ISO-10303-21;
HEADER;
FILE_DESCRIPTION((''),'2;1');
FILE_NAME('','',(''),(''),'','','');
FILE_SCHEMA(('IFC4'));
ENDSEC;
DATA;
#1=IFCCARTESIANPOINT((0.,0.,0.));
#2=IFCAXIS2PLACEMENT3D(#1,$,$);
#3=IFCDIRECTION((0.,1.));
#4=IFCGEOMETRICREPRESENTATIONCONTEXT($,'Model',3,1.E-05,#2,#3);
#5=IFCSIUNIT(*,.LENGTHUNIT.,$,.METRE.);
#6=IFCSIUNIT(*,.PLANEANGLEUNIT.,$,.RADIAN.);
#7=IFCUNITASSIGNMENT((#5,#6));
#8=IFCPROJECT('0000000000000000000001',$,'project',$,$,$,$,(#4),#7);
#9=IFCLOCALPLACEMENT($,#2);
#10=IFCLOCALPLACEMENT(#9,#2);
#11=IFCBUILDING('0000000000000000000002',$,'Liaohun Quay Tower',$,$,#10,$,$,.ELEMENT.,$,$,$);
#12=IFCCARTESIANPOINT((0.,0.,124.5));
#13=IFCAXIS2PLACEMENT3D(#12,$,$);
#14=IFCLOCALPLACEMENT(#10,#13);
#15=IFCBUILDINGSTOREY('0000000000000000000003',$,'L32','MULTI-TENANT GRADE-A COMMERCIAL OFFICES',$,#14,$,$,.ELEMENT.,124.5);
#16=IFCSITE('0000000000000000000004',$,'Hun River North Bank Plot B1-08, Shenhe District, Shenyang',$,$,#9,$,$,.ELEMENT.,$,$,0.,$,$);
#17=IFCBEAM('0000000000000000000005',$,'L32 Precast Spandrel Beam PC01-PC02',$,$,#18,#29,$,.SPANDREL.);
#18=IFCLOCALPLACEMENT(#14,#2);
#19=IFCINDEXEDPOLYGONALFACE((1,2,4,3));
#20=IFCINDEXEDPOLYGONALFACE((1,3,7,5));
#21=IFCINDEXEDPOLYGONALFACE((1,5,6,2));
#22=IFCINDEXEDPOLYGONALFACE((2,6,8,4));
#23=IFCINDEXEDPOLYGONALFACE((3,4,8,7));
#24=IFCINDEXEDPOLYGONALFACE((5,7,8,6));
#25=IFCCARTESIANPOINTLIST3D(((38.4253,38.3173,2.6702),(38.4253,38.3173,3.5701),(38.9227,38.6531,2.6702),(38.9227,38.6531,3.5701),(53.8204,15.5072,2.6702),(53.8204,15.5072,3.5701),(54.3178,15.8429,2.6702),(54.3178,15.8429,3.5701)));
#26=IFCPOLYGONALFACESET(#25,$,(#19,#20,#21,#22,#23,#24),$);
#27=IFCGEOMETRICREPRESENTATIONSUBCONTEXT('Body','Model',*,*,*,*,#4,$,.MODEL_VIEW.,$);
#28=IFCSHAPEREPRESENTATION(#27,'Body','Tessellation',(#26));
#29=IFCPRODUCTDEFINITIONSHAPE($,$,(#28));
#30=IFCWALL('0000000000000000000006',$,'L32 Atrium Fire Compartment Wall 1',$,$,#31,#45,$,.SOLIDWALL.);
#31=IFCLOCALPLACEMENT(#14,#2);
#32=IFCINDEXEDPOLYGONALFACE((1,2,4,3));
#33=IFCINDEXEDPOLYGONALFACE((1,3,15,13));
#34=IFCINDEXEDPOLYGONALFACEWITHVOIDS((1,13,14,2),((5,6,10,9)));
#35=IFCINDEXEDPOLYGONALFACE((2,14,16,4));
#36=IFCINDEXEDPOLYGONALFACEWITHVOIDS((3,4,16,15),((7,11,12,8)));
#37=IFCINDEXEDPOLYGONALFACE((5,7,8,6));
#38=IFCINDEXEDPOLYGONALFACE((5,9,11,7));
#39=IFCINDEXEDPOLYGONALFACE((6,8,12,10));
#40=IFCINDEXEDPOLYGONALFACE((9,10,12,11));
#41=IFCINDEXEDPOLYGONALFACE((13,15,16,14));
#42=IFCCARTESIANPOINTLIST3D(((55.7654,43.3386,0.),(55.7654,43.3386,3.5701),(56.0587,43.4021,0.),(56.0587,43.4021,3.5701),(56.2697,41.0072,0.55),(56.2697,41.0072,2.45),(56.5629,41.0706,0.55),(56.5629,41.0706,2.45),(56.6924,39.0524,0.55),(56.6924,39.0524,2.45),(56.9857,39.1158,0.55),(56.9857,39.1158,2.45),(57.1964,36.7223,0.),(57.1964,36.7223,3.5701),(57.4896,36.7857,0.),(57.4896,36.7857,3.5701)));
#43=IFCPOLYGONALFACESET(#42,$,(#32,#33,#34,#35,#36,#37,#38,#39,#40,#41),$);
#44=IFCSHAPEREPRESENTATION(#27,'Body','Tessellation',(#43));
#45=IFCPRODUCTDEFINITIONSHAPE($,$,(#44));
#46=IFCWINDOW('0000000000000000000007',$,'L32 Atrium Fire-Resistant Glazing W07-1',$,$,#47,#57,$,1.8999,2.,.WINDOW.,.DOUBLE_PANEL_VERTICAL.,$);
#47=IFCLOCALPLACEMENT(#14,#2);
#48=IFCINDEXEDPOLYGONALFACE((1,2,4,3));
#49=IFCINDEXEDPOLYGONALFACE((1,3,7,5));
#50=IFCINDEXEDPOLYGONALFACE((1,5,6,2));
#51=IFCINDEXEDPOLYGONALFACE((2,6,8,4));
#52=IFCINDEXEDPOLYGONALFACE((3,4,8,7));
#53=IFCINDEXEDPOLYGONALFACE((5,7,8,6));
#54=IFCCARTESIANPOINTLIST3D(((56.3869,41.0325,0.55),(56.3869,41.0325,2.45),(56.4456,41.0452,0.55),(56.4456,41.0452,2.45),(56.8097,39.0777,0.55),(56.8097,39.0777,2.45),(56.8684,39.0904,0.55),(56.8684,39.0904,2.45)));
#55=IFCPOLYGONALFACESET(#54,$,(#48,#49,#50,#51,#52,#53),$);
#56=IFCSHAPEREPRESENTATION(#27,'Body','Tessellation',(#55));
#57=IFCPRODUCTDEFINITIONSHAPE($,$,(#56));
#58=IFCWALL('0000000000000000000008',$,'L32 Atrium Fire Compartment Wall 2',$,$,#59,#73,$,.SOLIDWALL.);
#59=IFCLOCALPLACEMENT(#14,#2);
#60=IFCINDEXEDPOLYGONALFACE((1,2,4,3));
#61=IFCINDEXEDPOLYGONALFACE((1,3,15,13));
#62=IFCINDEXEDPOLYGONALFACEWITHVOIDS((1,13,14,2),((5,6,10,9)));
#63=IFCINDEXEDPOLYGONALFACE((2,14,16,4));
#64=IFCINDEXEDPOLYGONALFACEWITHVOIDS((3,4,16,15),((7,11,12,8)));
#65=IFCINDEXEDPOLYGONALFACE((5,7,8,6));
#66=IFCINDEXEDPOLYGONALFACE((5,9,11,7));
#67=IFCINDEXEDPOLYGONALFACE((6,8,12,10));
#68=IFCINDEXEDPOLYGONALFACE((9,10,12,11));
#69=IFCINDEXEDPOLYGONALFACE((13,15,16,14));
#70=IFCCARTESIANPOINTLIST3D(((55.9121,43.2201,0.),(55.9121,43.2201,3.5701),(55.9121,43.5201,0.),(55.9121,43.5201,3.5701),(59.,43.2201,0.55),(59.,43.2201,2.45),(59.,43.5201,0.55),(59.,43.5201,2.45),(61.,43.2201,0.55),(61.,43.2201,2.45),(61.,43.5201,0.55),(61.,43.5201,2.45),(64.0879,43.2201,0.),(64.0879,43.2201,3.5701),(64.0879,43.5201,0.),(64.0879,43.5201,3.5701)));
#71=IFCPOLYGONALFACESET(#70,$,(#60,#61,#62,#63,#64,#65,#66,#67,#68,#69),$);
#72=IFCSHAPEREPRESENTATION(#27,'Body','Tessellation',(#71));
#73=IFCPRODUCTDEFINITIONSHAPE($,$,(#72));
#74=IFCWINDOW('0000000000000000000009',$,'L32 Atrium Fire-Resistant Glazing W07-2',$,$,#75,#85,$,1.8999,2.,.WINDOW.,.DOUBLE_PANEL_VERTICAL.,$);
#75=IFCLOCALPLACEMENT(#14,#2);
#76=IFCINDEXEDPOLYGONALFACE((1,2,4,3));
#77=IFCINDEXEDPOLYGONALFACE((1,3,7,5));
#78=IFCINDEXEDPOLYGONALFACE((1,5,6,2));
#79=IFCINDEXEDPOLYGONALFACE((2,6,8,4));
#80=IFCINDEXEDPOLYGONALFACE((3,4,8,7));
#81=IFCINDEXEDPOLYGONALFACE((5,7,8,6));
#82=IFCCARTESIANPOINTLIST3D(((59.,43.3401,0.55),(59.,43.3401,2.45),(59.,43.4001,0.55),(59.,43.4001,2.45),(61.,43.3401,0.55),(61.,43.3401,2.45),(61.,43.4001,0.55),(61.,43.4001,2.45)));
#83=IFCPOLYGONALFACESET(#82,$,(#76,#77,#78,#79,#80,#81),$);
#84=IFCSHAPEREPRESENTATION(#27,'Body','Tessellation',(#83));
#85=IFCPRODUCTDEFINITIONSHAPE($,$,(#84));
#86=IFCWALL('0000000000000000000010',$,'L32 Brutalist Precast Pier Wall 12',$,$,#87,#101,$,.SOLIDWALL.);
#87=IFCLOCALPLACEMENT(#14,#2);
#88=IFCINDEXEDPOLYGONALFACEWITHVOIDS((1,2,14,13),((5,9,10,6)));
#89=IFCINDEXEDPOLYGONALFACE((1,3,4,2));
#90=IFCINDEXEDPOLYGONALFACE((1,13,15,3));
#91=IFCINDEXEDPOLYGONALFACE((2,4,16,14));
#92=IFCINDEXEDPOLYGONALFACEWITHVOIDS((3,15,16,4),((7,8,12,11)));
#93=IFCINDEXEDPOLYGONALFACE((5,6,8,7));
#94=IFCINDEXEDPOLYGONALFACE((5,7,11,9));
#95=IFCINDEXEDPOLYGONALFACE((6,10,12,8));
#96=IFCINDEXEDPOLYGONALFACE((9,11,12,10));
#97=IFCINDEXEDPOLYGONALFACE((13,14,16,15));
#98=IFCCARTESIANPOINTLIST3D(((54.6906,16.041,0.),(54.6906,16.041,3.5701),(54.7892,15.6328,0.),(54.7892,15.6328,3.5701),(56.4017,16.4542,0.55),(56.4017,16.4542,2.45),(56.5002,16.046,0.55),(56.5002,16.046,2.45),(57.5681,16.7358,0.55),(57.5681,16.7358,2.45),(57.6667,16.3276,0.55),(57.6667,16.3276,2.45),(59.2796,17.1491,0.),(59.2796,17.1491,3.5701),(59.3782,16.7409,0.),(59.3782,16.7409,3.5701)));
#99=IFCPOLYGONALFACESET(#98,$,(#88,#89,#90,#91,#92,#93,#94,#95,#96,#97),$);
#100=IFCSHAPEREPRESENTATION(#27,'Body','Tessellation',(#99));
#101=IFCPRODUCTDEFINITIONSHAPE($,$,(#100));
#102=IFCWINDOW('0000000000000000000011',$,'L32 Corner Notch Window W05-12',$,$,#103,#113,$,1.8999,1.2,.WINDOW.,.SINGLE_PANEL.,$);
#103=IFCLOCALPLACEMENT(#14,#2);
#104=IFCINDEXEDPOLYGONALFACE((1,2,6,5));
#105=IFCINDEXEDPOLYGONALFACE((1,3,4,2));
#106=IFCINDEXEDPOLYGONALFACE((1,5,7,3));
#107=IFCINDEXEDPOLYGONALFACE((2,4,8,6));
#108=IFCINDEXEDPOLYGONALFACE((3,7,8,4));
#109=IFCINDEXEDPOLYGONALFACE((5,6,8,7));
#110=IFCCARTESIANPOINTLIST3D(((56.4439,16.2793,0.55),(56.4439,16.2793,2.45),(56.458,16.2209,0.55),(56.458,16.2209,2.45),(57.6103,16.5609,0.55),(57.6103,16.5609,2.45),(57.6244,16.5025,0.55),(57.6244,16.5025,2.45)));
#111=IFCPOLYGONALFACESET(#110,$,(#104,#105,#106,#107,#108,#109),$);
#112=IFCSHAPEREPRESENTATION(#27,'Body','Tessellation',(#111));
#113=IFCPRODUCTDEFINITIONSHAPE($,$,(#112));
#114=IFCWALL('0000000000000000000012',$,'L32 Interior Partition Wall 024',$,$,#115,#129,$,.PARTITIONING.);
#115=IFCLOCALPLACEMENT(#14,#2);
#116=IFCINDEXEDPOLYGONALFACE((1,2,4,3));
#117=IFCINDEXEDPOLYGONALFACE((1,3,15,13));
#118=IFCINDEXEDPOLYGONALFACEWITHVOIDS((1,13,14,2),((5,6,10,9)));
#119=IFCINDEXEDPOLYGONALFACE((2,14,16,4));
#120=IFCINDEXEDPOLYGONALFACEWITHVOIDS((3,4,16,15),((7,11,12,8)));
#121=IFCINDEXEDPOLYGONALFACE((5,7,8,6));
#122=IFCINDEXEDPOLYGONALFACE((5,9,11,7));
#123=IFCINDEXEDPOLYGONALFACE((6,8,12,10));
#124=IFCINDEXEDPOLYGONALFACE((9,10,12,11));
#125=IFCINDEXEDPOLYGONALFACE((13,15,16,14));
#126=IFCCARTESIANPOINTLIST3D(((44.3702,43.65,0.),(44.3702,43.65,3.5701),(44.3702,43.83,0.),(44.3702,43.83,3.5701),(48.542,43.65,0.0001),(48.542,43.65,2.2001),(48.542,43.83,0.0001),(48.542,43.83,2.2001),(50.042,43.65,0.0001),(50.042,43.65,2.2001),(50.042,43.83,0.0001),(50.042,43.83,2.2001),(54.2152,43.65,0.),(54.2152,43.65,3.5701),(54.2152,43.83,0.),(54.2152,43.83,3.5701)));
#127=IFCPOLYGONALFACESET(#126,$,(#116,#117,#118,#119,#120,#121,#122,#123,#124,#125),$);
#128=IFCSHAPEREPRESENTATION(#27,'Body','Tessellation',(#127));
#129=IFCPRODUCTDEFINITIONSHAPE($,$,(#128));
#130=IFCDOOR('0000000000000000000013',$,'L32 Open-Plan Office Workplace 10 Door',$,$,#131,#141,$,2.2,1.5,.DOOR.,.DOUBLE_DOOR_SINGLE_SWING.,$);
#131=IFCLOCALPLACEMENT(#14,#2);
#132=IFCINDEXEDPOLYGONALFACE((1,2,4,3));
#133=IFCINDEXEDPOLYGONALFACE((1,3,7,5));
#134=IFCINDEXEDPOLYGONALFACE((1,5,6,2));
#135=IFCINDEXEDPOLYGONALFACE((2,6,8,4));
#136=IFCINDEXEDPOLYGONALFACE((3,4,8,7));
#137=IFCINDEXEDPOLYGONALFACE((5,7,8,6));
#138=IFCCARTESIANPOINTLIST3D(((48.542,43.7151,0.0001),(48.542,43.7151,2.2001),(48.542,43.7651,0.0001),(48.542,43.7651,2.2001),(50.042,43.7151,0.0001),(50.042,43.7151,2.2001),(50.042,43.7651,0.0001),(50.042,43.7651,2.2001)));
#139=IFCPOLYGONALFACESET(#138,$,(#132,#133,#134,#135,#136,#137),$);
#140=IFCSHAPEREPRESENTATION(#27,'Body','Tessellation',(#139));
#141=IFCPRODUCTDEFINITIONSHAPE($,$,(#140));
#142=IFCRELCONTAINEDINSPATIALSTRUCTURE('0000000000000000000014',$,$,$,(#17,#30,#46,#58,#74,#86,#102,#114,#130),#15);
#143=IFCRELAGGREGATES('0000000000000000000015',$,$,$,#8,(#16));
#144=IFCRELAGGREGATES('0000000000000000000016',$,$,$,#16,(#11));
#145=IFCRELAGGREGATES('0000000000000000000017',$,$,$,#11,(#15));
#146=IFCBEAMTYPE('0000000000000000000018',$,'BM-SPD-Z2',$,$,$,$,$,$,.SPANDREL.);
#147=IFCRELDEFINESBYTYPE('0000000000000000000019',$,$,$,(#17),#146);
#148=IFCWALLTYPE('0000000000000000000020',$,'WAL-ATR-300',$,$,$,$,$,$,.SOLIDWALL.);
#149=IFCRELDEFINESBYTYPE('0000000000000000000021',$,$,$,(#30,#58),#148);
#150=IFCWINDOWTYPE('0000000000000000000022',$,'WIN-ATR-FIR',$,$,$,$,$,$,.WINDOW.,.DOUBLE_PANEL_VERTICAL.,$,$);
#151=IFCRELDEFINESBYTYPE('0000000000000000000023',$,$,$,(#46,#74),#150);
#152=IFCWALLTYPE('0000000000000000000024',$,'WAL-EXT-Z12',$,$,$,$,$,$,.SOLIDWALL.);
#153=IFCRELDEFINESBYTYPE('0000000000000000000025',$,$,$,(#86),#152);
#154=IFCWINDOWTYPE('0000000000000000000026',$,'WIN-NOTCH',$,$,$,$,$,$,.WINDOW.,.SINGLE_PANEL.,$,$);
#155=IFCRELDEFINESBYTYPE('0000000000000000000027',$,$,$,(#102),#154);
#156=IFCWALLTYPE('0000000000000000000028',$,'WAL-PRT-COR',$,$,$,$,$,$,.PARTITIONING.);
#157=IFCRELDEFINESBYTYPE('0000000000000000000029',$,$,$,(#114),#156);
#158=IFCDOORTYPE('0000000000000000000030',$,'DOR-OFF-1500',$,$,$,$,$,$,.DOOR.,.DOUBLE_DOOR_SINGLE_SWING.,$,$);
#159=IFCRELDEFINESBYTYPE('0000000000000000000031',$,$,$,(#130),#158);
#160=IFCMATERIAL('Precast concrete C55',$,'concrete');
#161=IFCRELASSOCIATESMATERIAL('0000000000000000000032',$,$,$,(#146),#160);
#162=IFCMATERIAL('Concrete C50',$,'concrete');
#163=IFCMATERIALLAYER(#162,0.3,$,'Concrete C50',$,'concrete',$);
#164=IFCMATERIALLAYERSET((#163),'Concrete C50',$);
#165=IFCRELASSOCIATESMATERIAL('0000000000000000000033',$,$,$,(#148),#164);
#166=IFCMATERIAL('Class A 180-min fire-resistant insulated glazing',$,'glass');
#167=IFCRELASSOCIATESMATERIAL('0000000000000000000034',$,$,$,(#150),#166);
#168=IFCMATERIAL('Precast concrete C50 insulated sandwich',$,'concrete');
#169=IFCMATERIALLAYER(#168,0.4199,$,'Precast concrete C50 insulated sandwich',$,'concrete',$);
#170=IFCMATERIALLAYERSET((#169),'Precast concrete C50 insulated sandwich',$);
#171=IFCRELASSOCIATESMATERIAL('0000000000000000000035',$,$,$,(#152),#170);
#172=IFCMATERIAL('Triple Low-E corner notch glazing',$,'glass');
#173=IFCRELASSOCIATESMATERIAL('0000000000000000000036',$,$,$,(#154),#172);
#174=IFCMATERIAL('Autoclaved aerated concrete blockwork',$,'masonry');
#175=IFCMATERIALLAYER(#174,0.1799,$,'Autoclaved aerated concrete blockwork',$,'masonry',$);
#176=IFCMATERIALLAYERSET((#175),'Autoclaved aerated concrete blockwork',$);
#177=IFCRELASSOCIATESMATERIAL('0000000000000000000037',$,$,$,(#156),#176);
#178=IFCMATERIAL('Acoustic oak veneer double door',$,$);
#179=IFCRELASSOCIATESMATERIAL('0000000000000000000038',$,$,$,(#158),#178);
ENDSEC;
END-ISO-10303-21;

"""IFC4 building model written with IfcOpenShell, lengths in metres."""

from ifc_helpers import new_model, si_unit, direction, frame, frame_2d, origin, origin_2d, place, context, subcontext, project, spatial, rectangle, extrude, source, transform, mapped, material, layer, layer_set, material_profile, profile_set, type_object, element, fill, save


model = new_model("IFC4")

# Units and contexts
model_context = context("Model", 3, precision=1e-05, world=origin(), true_north=direction((0.0, 1.0)))
body_context = subcontext(model_context, "Body", "Model", "MODEL_VIEW")
ifc_project = project(units=[si_unit("LENGTHUNIT", "METRE"), si_unit("PLANEANGLEUNIT", "RADIAN")], contexts=[model_context])

# Site, building, storey
site_placement = place(None, origin())
site = spatial("IfcSite", under=ifc_project, at=site_placement, Name="Hun River North Bank Plot B1-08, Shenhe District, Shenyang", CompositionType="ELEMENT", RefElevation=0.0)
building_placement = place(site_placement, origin())
building = spatial("IfcBuilding", under=site, at=building_placement, Name="Liaohun Quay Tower", CompositionType="ELEMENT")
storey_placement = place(building_placement, frame((0.0, 0.0, 124.5)))
storey = spatial("IfcBuildingStorey", under=building, at=storey_placement, Name="L32", Description="MULTI-TENANT GRADE-A COMMERCIAL OFFICES", CompositionType="ELEMENT", Elevation=124.5)

# Beam
ifc_material_1 = material(Name="Precast concrete C55", Category="concrete")
ifc_material_profile_1 = material_profile(ifc_material_1, rectangle(XDim=0.6001, YDim=0.8999, at=origin_2d()), Name="RC600x900")
ifc_profile_set_1 = profile_set([ifc_material_profile_1], Name="Precast concrete C55")
beam_type_1 = type_object("IfcBeamType", Name="BM-SPD-Z2", PredefinedType="SPANDREL", material=ifc_profile_set_1)
shared_shape_1 = source(origin(), body_context, "Body", "SweptSolid", [
    extrude(rectangle(XDim=0.6001, YDim=0.8999, at=origin_2d()), origin(), (0.0, 0.0, 1.0), 27.5193),
])
beam_1_placement = place(storey_placement, frame((54.0691, 15.675, 3.1201), z_axis=(-0.559429, 0.828878, 0.0), x_axis=(-0.828878, -0.559429, 0.0)))
element("IfcBeam", 1, at=beam_1_placement, inside=storey, type_object=beam_type_1, Name="L32 Precast Spandrel Beam PC01-PC02", PredefinedType="SPANDREL", context=body_context, shape_type="MappedRepresentation", body=[
    mapped(shared_shape_1, transform((0.0, 0.0, 0.0), x_axis=(1.0, 0.0, 0.0), y_axis=(0.0, 1.0, 0.0), z_axis=(0.0, 0.0, 1.0), scale=1.0)),
])

# Walls, openings, windows
ifc_material_2 = material(Name="Concrete C50", Category="concrete")
ifc_layer_1 = layer(ifc_material_2, 0.3, Name="Concrete C50", Category="concrete")
ifc_layer_set_1 = layer_set([ifc_layer_1], Name="Concrete C50")
wall_type_1 = type_object("IfcWallType", Name="WAL-ATR-300", PredefinedType="SOLIDWALL", material=ifc_layer_set_1)
wall_1_placement = place(storey_placement, frame((57.343, 36.7539, 0.0), z_axis=(0.0, 0.0, 1.0), x_axis=(-0.211386, 0.977403, 0.0)))
wall_1 = element("IfcWall", 2, at=wall_1_placement, inside=storey, type_object=wall_type_1, Name="L32 Atrium Fire Compartment Wall 1", PredefinedType="SOLIDWALL", context=body_context, shape_type="SweptSolid", body=[
    extrude(rectangle(XDim=6.7693, YDim=0.3, at=frame_2d((3.3848, 0.0))), origin(), (0.0, 0.0, 1.0), 3.5701),
])
shared_shape_2 = source(origin(), body_context, "Body", "SweptSolid", [
    extrude(rectangle(XDim=2.0, YDim=1.8999, at=frame_2d((1.0, 0.95))), frame((0.0, 0.1599, 0.0), z_axis=(0.0, -1.0, 0.0), x_axis=(1.0, 0.0, 0.0)), (0.0, 0.0, 1.0), 0.3201),
])
opening_1_placement = place(wall_1_placement, frame((2.384, 0.0, 0.55)))
opening_1 = element("IfcOpeningElement", 3, at=opening_1_placement, cuts=wall_1, PredefinedType="OPENING", context=body_context, shape_type="MappedRepresentation", body=[
    mapped(shared_shape_2, transform((0.0, 0.0, 0.0), x_axis=(1.0, 0.0, 0.0), y_axis=(0.0, 1.0, 0.0), z_axis=(0.0, 0.0, 1.0), scale=1.0)),
])
ifc_material_3 = material(Name="Class A 180-min fire-resistant insulated glazing", Category="glass")
window_type_1 = type_object("IfcWindowType", Name="WIN-ATR-FIR", PartitioningType="DOUBLE_PANEL_VERTICAL", PredefinedType="WINDOW", material=ifc_material_3)
shared_shape_3 = source(origin(), body_context, "Body", "SweptSolid", [
    extrude(rectangle(XDim=2.0, YDim=1.8999, at=frame_2d((1.0, 0.95))), frame((0.0, 0.03, 0.0), z_axis=(0.0, -1.0, 0.0), x_axis=(1.0, 0.0, 0.0)), (0.0, 0.0, 1.0), 0.0601),
])
window_1_placement = place(opening_1_placement, origin())
window_1 = element("IfcWindow", 4, at=window_1_placement, inside=storey, type_object=window_type_1, Name="L32 Atrium Fire-Resistant Glazing W07-1", OverallHeight=1.8999, OverallWidth=2.0, PartitioningType="DOUBLE_PANEL_VERTICAL", PredefinedType="WINDOW", context=body_context, shape_type="MappedRepresentation", body=[
    mapped(shared_shape_3, transform((0.0, 0.0, 0.0), x_axis=(1.0, 0.0, 0.0), y_axis=(0.0, 1.0, 0.0), z_axis=(0.0, 0.0, 1.0), scale=1.0)),
])
fill(opening_1, window_1)
wall_2_placement = place(storey_placement, frame((55.9121, 43.3701, 0.0), z_axis=(0.0, 0.0, 1.0), x_axis=(1.0, 0.0, 0.0)))
wall_2 = element("IfcWall", 5, at=wall_2_placement, inside=storey, type_object=wall_type_1, Name="L32 Atrium Fire Compartment Wall 2", PredefinedType="SOLIDWALL", context=body_context, shape_type="SweptSolid", body=[
    extrude(rectangle(XDim=8.1758, YDim=0.3, at=frame_2d((4.0879, 0.0))), origin(), (0.0, 0.0, 1.0), 3.5701),
])
opening_2_placement = place(wall_2_placement, frame((3.0879, 0.0, 0.55)))
opening_2 = element("IfcOpeningElement", 6, at=opening_2_placement, cuts=wall_2, PredefinedType="OPENING", context=body_context, shape_type="MappedRepresentation", body=[
    mapped(shared_shape_2, transform((0.0, 0.0, 0.0), x_axis=(1.0, 0.0, 0.0), y_axis=(0.0, 1.0, 0.0), z_axis=(0.0, 0.0, 1.0), scale=1.0)),
])
window_2_placement = place(opening_2_placement, origin())
window_2 = element("IfcWindow", 7, at=window_2_placement, inside=storey, type_object=window_type_1, Name="L32 Atrium Fire-Resistant Glazing W07-2", OverallHeight=1.8999, OverallWidth=2.0, PartitioningType="DOUBLE_PANEL_VERTICAL", PredefinedType="WINDOW", context=body_context, shape_type="MappedRepresentation", body=[
    mapped(shared_shape_3, transform((0.0, 0.0, 0.0), x_axis=(1.0, 0.0, 0.0), y_axis=(0.0, 1.0, 0.0), z_axis=(0.0, 0.0, 1.0), scale=1.0)),
])
fill(opening_2, window_2)
ifc_material_4 = material(Name="Precast concrete C50 insulated sandwich", Category="concrete")
ifc_layer_2 = layer(ifc_material_4, 0.4199, Name="Precast concrete C50 insulated sandwich", Category="concrete")
ifc_layer_set_2 = layer_set([ifc_layer_2], Name="Precast concrete C50 insulated sandwich")
wall_type_2 = type_object("IfcWallType", Name="WAL-EXT-Z12", PredefinedType="SOLIDWALL", material=ifc_layer_set_2)
wall_3_placement = place(storey_placement, frame((54.74, 15.8369, 0.0), z_axis=(0.0, 0.0, 1.0), x_axis=(0.972061, 0.234728, 0.0)))
wall_3 = element("IfcWall", 8, at=wall_3_placement, inside=storey, type_object=wall_type_2, Name="L32 Brutalist Precast Pier Wall 12", PredefinedType="SOLIDWALL", context=body_context, shape_type="SweptSolid", body=[
    extrude(rectangle(XDim=4.7209, YDim=0.4199, at=frame_2d((2.3604, 0.0))), origin(), (0.0, 0.0, 1.0), 3.5701),
])
shared_shape_4 = source(origin(), body_context, "Body", "SweptSolid", [
    extrude(rectangle(XDim=1.2, YDim=1.8999, at=frame_2d((0.6001, 0.95))), frame((0.0, 0.22, 0.0), z_axis=(0.0, -1.0, 0.0), x_axis=(1.0, 0.0, 0.0)), (0.0, 0.0, 1.0), 0.4399),
])
opening_3_placement = place(wall_3_placement, frame((1.76, 0.0, 0.55)))
opening_3 = element("IfcOpeningElement", 9, at=opening_3_placement, cuts=wall_3, PredefinedType="OPENING", context=body_context, shape_type="MappedRepresentation", body=[
    mapped(shared_shape_4, transform((0.0, 0.0, 0.0), x_axis=(1.0, 0.0, 0.0), y_axis=(0.0, 1.0, 0.0), z_axis=(0.0, 0.0, 1.0), scale=1.0)),
])
ifc_material_5 = material(Name="Triple Low-E corner notch glazing", Category="glass")
window_type_2 = type_object("IfcWindowType", Name="WIN-NOTCH", PartitioningType="SINGLE_PANEL", PredefinedType="WINDOW", material=ifc_material_5)
shared_shape_5 = source(origin(), body_context, "Body", "SweptSolid", [
    extrude(rectangle(XDim=1.2, YDim=1.8999, at=frame_2d((0.6001, 0.95))), frame((0.0, 0.03, 0.0), z_axis=(0.0, -1.0, 0.0), x_axis=(1.0, 0.0, 0.0)), (0.0, 0.0, 1.0), 0.0601),
])
window_3_placement = place(opening_3_placement, origin())
window_3 = element("IfcWindow", 10, at=window_3_placement, inside=storey, type_object=window_type_2, Name="L32 Corner Notch Window W05-12", OverallHeight=1.8999, OverallWidth=1.2, PartitioningType="SINGLE_PANEL", PredefinedType="WINDOW", context=body_context, shape_type="MappedRepresentation", body=[
    mapped(shared_shape_5, transform((0.0, 0.0, 0.0), x_axis=(1.0, 0.0, 0.0), y_axis=(0.0, 1.0, 0.0), z_axis=(0.0, 0.0, 1.0), scale=1.0)),
])
fill(opening_3, window_3)

# Wall, opening, door
ifc_material_6 = material(Name="Autoclaved aerated concrete blockwork", Category="masonry")
ifc_layer_3 = layer(ifc_material_6, 0.1799, Name="Autoclaved aerated concrete blockwork", Category="masonry")
ifc_layer_set_3 = layer_set([ifc_layer_3], Name="Autoclaved aerated concrete blockwork")
wall_type_3 = type_object("IfcWallType", Name="WAL-PRT-COR", PredefinedType="PARTITIONING", material=ifc_layer_set_3)
wall_4_placement = place(storey_placement, frame((54.2151, 43.74, 0.0), z_axis=(0.0, 0.0, 1.0), x_axis=(-1.0, 0.0, 0.0)))
wall_4 = element("IfcWall", 11, at=wall_4_placement, inside=storey, type_object=wall_type_3, Name="L32 Interior Partition Wall 024", PredefinedType="PARTITIONING", context=body_context, shape_type="SweptSolid", body=[
    extrude(rectangle(XDim=9.845, YDim=0.1799, at=frame_2d((4.9224, 0.0))), origin(), (0.0, 0.0, 1.0), 3.5701),
])
shared_shape_6 = source(origin(), body_context, "Body", "SweptSolid", [
    extrude(rectangle(XDim=1.5, YDim=2.2, at=frame_2d((0.75, 1.1001))), frame((0.0, 0.0999, 0.0), z_axis=(0.0, -1.0, 0.0), x_axis=(1.0, 0.0, 0.0)), (0.0, 0.0, 1.0), 0.2),
])
opening_4_placement = place(wall_4_placement, frame((4.1731, 0.0, 0.0)))
opening_4 = element("IfcOpeningElement", 12, at=opening_4_placement, cuts=wall_4, PredefinedType="OPENING", context=body_context, shape_type="MappedRepresentation", body=[
    mapped(shared_shape_6, transform((0.0, 0.0, 0.0), x_axis=(1.0, 0.0, 0.0), y_axis=(0.0, 1.0, 0.0), z_axis=(0.0, 0.0, 1.0), scale=1.0)),
])
ifc_material_7 = material(Name="Acoustic oak veneer double door")
door_type = type_object("IfcDoorType", Name="DOR-OFF-1500", OperationType="DOUBLE_DOOR_SINGLE_SWING", PredefinedType="DOOR", material=ifc_material_7)
shared_shape_7 = source(origin(), body_context, "Body", "SweptSolid", [
    extrude(rectangle(XDim=1.5, YDim=2.2, at=frame_2d((0.75, 1.1001))), frame((0.0, 0.0249, 0.0), z_axis=(0.0, -1.0, 0.0), x_axis=(1.0, 0.0, 0.0)), (0.0, 0.0, 1.0), 0.05),
])
door_placement = place(opening_4_placement, origin())
door = element("IfcDoor", 13, at=door_placement, inside=storey, type_object=door_type, Name="L32 Open-Plan Office Workplace 10 Door", OperationType="DOUBLE_DOOR_SINGLE_SWING", OverallHeight=2.2, OverallWidth=1.5, PredefinedType="DOOR", context=body_context, shape_type="MappedRepresentation", body=[
    mapped(shared_shape_7, transform((0.0, 0.0, 0.0), x_axis=(1.0, 0.0, 0.0), y_axis=(0.0, 1.0, 0.0), z_axis=(0.0, 0.0, 1.0), scale=1.0)),
])
fill(opening_4, door)

save(model, "model.ifc")
